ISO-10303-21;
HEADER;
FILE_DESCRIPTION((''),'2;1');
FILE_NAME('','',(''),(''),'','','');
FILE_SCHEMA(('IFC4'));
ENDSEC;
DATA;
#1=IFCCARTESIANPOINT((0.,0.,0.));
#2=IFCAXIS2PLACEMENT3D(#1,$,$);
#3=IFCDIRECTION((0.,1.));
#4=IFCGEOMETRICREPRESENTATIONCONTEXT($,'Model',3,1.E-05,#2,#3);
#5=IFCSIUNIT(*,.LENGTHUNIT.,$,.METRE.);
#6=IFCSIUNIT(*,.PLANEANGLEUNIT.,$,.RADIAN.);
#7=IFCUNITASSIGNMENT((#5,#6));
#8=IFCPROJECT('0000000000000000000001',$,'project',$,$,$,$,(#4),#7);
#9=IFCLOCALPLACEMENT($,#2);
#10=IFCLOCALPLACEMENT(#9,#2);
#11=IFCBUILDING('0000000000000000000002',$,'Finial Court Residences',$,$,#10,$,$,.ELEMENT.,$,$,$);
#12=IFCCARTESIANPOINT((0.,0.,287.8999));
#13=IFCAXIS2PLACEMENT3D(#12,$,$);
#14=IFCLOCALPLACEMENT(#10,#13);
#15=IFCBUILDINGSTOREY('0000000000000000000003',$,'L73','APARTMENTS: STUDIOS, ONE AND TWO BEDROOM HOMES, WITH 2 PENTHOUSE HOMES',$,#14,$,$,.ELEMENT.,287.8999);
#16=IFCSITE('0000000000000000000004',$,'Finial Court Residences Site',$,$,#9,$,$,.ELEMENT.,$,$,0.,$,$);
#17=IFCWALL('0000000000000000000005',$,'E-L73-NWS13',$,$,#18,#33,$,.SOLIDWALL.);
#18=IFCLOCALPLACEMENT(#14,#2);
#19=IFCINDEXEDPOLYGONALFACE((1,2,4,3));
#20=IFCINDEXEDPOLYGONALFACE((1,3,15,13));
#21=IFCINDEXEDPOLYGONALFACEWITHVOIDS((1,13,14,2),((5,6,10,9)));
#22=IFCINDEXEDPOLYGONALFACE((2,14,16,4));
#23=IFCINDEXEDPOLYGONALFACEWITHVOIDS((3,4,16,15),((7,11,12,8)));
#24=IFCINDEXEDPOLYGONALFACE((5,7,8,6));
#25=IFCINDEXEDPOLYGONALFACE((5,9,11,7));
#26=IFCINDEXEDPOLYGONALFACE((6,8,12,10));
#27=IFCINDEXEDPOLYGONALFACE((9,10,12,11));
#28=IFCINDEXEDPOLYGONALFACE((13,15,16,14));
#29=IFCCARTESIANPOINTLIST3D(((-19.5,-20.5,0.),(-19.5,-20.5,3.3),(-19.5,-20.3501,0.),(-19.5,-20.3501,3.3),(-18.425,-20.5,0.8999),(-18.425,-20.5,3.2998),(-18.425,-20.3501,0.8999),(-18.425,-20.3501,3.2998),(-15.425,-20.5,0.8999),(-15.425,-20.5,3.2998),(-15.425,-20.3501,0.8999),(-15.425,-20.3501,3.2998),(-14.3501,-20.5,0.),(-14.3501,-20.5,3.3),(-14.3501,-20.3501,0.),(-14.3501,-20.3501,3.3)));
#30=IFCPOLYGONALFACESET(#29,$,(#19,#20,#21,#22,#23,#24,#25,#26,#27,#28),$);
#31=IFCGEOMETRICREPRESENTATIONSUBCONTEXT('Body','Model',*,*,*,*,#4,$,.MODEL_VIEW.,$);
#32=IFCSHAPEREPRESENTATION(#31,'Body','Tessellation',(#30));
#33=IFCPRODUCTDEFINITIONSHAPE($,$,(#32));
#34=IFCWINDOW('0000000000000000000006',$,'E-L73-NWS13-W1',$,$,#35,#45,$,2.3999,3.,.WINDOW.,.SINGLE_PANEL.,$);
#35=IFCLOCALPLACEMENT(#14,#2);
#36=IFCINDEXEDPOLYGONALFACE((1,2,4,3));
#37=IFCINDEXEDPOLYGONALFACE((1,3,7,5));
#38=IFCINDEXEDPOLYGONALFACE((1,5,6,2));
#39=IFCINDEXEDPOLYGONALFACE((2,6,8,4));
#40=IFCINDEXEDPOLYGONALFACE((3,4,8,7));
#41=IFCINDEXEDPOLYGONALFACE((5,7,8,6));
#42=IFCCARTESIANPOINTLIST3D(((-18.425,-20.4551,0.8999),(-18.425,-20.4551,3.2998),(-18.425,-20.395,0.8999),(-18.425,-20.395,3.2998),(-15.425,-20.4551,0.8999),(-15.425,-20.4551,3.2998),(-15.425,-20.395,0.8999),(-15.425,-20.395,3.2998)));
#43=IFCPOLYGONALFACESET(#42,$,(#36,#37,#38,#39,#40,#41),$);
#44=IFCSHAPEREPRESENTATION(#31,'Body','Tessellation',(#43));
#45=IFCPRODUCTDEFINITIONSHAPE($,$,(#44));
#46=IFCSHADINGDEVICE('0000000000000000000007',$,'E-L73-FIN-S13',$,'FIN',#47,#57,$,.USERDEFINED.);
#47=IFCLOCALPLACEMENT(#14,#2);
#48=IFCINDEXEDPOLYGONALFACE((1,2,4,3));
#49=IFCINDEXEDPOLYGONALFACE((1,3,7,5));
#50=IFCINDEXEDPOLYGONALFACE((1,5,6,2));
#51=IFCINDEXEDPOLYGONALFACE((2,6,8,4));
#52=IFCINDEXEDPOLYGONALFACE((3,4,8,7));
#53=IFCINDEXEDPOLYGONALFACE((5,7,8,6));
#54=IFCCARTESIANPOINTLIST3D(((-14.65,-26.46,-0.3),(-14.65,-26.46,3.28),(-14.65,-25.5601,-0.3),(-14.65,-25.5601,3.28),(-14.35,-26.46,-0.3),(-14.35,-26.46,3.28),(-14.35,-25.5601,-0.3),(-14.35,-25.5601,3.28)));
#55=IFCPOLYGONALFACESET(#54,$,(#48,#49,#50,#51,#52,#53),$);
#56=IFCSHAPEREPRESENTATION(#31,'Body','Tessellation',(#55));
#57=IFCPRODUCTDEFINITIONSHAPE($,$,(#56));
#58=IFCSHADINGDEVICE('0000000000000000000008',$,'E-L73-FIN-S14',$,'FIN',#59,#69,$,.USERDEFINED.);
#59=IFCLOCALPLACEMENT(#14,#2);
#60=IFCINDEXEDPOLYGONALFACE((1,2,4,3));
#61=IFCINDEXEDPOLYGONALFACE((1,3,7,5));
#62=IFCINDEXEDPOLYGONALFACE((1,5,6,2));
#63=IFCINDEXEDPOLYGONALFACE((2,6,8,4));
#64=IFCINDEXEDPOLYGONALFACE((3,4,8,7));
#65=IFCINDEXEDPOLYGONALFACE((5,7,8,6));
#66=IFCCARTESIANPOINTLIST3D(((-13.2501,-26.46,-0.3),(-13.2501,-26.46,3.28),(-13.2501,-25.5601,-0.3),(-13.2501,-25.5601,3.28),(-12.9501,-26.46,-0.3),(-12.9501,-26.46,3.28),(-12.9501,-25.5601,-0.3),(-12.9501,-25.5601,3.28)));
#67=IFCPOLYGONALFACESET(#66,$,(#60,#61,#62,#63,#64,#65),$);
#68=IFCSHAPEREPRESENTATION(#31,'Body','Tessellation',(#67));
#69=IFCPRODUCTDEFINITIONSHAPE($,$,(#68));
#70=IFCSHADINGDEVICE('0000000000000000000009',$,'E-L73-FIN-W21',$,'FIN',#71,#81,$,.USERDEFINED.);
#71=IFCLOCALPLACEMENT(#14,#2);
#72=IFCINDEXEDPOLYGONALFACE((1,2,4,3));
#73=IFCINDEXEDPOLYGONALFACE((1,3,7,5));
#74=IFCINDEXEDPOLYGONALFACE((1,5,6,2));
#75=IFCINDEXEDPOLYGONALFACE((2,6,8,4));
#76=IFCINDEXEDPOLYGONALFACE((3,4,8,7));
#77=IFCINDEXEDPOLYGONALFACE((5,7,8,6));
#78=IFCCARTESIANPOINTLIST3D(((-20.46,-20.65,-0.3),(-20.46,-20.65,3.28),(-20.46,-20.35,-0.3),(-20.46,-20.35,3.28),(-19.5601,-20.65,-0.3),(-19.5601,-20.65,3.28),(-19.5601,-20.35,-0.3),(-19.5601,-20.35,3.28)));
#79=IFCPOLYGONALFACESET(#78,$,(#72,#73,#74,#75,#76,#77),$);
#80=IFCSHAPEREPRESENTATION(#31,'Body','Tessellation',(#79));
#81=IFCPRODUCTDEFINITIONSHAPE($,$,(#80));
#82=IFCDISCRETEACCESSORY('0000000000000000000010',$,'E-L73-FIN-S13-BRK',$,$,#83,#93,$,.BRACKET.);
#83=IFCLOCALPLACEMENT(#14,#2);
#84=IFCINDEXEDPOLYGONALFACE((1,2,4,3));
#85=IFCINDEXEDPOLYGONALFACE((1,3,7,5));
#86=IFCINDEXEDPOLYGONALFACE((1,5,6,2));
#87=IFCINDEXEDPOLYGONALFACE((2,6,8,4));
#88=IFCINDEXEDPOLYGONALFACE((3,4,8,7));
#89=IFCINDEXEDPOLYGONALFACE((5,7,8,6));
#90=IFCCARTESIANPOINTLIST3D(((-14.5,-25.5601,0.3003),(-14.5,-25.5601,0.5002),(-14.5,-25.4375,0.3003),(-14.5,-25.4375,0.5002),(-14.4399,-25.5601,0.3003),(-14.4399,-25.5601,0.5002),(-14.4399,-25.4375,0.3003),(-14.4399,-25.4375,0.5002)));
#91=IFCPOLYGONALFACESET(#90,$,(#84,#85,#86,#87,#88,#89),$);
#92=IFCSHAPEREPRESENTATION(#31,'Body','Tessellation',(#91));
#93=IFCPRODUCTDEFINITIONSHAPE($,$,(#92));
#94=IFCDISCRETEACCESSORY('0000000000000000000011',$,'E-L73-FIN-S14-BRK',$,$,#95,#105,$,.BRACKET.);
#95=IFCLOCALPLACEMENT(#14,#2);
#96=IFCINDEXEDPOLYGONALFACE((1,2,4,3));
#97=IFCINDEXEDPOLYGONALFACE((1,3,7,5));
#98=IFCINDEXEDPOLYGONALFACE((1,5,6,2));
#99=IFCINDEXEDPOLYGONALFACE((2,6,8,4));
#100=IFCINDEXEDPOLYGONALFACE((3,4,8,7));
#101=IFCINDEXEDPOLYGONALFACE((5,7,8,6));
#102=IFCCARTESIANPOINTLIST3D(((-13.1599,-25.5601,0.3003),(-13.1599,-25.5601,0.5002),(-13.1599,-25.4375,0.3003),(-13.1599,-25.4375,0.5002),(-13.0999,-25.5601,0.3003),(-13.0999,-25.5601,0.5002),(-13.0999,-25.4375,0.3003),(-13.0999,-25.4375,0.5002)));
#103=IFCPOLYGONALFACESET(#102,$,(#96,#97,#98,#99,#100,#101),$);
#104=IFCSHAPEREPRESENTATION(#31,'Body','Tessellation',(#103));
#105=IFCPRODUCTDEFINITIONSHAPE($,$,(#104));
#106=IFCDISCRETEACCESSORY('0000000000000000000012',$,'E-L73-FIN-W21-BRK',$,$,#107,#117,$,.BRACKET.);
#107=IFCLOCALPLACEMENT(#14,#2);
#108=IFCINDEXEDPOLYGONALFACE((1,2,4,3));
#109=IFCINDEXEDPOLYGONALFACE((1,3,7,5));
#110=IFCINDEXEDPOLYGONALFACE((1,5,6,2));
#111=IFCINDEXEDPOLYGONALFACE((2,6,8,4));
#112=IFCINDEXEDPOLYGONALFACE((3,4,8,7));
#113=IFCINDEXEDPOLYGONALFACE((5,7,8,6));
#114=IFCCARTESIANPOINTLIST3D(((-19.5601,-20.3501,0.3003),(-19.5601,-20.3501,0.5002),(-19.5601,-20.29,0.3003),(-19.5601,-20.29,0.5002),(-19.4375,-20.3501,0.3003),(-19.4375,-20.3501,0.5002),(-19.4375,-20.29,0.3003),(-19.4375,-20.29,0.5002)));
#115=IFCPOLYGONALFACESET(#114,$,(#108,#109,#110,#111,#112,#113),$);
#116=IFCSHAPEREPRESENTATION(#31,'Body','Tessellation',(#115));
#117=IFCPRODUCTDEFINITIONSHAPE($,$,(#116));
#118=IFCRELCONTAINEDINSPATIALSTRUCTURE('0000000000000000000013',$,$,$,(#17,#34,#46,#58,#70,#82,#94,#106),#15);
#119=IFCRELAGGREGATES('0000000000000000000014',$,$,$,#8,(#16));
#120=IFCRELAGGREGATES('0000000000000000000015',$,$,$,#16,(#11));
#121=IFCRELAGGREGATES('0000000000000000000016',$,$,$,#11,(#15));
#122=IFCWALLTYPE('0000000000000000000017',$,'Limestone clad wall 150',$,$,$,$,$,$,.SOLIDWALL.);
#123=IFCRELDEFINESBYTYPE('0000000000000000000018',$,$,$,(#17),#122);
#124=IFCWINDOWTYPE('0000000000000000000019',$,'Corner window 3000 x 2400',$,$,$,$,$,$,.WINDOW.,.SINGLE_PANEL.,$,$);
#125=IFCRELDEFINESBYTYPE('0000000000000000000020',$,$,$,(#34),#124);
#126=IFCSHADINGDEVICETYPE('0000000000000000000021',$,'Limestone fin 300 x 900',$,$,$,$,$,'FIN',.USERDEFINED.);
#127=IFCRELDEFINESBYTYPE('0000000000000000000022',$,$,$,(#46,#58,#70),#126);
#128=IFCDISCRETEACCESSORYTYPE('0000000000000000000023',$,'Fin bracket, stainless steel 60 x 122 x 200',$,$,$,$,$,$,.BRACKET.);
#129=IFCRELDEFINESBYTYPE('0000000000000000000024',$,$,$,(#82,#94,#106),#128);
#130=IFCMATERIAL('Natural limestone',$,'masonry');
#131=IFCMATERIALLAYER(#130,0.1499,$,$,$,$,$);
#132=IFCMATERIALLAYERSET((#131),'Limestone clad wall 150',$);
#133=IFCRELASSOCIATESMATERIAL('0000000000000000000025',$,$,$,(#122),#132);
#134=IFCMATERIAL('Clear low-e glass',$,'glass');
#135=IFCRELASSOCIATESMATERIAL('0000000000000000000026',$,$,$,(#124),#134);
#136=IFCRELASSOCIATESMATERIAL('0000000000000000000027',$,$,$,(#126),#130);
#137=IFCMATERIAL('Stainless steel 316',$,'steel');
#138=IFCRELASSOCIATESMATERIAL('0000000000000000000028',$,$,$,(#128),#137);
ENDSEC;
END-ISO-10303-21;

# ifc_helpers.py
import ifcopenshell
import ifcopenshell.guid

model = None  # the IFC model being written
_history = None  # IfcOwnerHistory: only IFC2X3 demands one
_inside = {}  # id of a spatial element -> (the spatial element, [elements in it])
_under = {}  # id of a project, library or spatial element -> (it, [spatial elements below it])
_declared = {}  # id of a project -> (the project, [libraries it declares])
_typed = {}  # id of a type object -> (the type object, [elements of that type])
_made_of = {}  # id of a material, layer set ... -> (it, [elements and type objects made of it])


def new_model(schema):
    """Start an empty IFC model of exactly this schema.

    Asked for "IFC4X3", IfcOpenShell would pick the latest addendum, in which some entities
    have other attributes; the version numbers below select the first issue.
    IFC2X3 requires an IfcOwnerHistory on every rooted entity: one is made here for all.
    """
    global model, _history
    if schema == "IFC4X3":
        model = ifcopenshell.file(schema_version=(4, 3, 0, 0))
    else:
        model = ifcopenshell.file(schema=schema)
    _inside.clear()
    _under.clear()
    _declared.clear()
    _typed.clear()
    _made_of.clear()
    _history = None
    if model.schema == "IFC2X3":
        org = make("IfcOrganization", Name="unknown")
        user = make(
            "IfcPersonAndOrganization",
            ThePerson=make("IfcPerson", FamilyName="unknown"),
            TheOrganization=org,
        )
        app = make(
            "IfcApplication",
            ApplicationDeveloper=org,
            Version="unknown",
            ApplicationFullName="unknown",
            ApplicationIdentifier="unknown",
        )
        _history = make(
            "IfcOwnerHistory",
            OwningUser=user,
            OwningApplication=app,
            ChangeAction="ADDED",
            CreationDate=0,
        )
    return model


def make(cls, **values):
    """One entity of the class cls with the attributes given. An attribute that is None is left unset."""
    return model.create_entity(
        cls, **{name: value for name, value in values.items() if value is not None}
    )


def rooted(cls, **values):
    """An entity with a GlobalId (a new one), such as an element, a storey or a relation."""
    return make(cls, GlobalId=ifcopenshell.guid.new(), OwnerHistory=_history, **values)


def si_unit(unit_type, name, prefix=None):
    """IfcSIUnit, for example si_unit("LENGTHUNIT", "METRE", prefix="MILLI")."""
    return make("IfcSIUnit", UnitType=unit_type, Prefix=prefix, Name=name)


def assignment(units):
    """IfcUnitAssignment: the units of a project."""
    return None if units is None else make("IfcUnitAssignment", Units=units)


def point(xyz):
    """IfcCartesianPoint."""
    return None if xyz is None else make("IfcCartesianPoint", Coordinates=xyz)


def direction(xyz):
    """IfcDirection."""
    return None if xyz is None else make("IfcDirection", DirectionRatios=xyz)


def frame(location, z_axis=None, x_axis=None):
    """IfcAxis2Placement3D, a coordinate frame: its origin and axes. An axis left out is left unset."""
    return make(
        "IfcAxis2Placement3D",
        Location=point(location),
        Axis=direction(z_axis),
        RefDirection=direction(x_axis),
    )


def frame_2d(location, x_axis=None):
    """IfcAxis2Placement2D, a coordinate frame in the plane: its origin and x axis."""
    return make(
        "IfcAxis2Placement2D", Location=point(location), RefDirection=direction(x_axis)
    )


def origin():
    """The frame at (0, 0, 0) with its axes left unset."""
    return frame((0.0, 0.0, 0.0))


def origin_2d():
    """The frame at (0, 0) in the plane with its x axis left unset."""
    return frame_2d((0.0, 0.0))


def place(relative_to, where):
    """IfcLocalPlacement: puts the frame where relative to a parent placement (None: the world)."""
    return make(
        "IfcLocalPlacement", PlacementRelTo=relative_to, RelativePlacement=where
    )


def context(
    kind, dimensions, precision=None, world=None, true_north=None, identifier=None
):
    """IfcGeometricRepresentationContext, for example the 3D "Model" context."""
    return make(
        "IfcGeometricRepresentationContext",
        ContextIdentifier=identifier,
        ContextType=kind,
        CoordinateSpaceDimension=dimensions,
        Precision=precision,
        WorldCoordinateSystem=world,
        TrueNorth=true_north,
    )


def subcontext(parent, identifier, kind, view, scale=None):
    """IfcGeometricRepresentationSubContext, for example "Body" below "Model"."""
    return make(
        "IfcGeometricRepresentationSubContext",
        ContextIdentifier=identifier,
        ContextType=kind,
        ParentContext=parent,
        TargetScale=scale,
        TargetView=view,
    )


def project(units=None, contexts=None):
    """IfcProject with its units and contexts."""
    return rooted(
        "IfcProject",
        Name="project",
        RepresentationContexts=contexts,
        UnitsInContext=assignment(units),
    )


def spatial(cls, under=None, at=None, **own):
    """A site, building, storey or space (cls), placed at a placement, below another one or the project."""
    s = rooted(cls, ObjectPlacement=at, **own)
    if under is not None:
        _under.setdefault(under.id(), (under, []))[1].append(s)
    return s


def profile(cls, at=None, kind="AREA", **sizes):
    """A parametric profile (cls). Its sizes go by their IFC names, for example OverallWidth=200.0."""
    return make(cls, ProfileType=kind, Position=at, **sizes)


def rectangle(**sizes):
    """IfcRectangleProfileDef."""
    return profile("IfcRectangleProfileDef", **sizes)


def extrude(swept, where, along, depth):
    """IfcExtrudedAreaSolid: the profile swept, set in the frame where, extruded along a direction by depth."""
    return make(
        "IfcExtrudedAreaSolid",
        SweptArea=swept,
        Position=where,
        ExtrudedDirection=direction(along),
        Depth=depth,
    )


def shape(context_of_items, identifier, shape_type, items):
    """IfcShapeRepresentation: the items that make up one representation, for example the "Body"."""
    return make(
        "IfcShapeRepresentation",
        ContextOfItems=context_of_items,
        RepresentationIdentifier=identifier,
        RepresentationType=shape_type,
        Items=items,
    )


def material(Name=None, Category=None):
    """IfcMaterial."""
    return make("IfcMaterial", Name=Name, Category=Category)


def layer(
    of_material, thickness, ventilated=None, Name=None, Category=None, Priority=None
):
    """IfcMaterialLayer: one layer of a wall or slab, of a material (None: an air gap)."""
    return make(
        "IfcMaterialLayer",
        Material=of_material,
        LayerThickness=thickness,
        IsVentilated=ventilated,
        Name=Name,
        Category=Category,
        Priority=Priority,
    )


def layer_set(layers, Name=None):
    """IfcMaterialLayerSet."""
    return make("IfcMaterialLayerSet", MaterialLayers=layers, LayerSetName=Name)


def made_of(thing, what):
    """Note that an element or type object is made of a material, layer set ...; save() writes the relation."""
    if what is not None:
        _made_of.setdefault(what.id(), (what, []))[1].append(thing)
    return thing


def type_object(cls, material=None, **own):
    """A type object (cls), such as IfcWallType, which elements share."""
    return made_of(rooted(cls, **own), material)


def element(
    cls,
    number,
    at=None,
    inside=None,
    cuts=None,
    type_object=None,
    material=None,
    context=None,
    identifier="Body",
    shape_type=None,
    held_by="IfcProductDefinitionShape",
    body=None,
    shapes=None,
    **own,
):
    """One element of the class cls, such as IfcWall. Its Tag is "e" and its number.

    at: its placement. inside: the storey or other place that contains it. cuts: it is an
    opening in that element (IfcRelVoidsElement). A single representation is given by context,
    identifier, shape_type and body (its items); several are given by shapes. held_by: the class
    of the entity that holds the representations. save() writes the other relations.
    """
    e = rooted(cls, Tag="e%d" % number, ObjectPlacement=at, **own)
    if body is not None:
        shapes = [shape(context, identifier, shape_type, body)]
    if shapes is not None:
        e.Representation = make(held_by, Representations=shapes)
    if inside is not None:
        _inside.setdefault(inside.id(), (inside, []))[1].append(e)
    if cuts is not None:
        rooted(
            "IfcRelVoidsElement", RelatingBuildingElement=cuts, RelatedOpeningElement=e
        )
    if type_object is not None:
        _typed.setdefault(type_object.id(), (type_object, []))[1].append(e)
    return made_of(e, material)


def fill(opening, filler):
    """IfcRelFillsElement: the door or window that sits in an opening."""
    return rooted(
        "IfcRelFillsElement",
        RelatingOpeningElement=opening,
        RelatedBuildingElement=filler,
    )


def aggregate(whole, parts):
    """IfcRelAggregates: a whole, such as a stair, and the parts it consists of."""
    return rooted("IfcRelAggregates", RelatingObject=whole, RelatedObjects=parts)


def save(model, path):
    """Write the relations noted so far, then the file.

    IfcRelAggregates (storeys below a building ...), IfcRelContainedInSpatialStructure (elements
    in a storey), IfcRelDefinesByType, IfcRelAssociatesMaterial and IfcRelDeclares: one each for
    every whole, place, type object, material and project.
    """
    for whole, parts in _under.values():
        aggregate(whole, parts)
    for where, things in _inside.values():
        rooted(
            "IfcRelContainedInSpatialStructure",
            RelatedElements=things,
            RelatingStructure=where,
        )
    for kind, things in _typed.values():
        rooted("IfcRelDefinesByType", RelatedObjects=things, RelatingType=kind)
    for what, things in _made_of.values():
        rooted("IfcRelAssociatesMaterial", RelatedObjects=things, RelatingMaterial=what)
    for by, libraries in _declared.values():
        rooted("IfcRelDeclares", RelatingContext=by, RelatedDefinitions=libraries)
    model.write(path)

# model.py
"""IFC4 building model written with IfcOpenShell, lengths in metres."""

from ifc_helpers import new_model, si_unit, direction, frame, frame_2d, origin, origin_2d, place, context, subcontext, project, spatial, rectangle, extrude, material, layer, layer_set, type_object, element, fill, save


model = new_model("IFC4")

# Units and contexts
model_context = context("Model", 3, precision=1e-05, world=origin(), true_north=direction((0.0, 1.0)))
body_context = subcontext(model_context, "Body", "Model", "MODEL_VIEW")
ifc_project = project(units=[si_unit("LENGTHUNIT", "METRE"), si_unit("PLANEANGLEUNIT", "RADIAN")], contexts=[model_context])

# Site, building, storey
site_placement = place(None, origin())
site = spatial("IfcSite", under=ifc_project, at=site_placement, Name="Finial Court Residences Site", CompositionType="ELEMENT", RefElevation=0.0)
building_placement = place(site_placement, origin())
building = spatial("IfcBuilding", under=site, at=building_placement, Name="Finial Court Residences", CompositionType="ELEMENT")
storey_placement = place(building_placement, frame((0.0, 0.0, 287.8999)))
storey = spatial("IfcBuildingStorey", under=building, at=storey_placement, Name="L73", Description="APARTMENTS: STUDIOS, ONE AND TWO BEDROOM HOMES, WITH 2 PENTHOUSE HOMES", CompositionType="ELEMENT", Elevation=287.8999)

# Shared definitions
ifc_material_1 = material(Name="Clear low-e glass", Category="glass")

# Wall, opening, window
ifc_material_2 = material(Name="Natural limestone", Category="masonry")
ifc_layer_1 = layer(ifc_material_2, 0.1499)
ifc_layer_set_1 = layer_set([ifc_layer_1], Name="Limestone clad wall 150")
wall_type_1 = type_object("IfcWallType", Name="Limestone clad wall 150", PredefinedType="SOLIDWALL", material=ifc_layer_set_1)
window_type = type_object("IfcWindowType", Name="Corner window 3000 x 2400", PartitioningType="SINGLE_PANEL", PredefinedType="WINDOW", material=ifc_material_1)
wall_1_placement = place(storey_placement, frame((-14.3501, -20.425, 0.0), z_axis=(0.0, 0.0, 1.0), x_axis=(-1.0, 0.0, 0.0)))
wall_1 = element("IfcWall", 1, at=wall_1_placement, inside=storey, type_object=wall_type_1, Name="E-L73-NWS13", PredefinedType="SOLIDWALL", context=body_context, shape_type="SweptSolid", body=[
    extrude(rectangle(XDim=5.1499, YDim=0.1499, at=frame_2d((2.575, 0.0))), origin(), (0.0, 0.0, 1.0), 3.3),
])
opening_1_placement = place(wall_1_placement, frame((1.075, 0.0, 0.8999)))
opening_1 = element("IfcOpeningElement", 2, at=opening_1_placement, cuts=wall_1, PredefinedType="OPENING", context=body_context, shape_type="SweptSolid", body=[
    extrude(rectangle(XDim=3.0, YDim=2.3999, at=frame_2d((1.5, 1.2))), frame((0.0, 0.085, 0.0), z_axis=(0.0, -1.0, 0.0), x_axis=(1.0, 0.0, 0.0)), (0.0, 0.0, 1.0), 0.1699),
])
window_1_placement = place(opening_1_placement, origin())
window_1 = element("IfcWindow", 3, at=window_1_placement, inside=storey, type_object=window_type, Name="E-L73-NWS13-W1", OverallHeight=2.3999, OverallWidth=3.0, PartitioningType="SINGLE_PANEL", PredefinedType="WINDOW", context=body_context, shape_type="SweptSolid", body=[
    extrude(rectangle(XDim=3.0, YDim=2.3999, at=frame_2d((1.5, 1.2))), frame((0.0, 0.03, 0.0), z_axis=(0.0, -1.0, 0.0), x_axis=(1.0, 0.0, 0.0)), (0.0, 0.0, 1.0), 0.0601),
])
fill(opening_1, window_1)

# Shading devices
shading_device_type = type_object("IfcShadingDeviceType", Name="Limestone fin 300 x 900", ElementType="FIN", PredefinedType="USERDEFINED", material=ifc_material_2)
for number, where, z_axis, x_axis, name in (
    (4, (-14.5, -26.01, -0.3), (0.0, 0.0, 1.0), (1.0, 0.0, 0.0), "E-L73-FIN-S13"),
    (5, (-13.1001, -26.01, -0.3), (0.0, 0.0, 1.0), (1.0, 0.0, 0.0), "E-L73-FIN-S14"),
):
    element("IfcShadingDevice", number, at=place(storey_placement, frame(where, z_axis=z_axis, x_axis=x_axis)), inside=storey, type_object=shading_device_type, Name=name, ObjectType="FIN", PredefinedType="USERDEFINED", context=body_context, shape_type="SweptSolid", body=[
        extrude(rectangle(XDim=0.3, YDim=0.8999, at=origin_2d()), origin(), (0.0, 0.0, 1.0), 3.5801),
    ])
shading_device_placement = place(storey_placement, frame((-20.01, -20.5, -0.3), z_axis=(0.0, 0.0, 1.0), x_axis=(1.0, 0.0, 0.0)))
element("IfcShadingDevice", 6, at=shading_device_placement, inside=storey, type_object=shading_device_type, Name="E-L73-FIN-W21", ObjectType="FIN", PredefinedType="USERDEFINED", context=body_context, shape_type="SweptSolid", body=[
    extrude(rectangle(XDim=0.8999, YDim=0.3, at=origin_2d()), origin(), (0.0, 0.0, 1.0), 3.5801),
])

# Discrete accessories
ifc_material_3 = material(Name="Stainless steel 316", Category="steel")
discrete_accessory_type = type_object("IfcDiscreteAccessoryType", Name="Fin bracket, stainless steel 60 x 122 x 200", PredefinedType="BRACKET", material=ifc_material_3)
for number, where, z_axis, x_axis, name in (
    (7, (-14.47, -25.4988, 0.3003), (0.0, 0.0, 1.0), (1.0, 0.0, 0.0), "E-L73-FIN-S13-BRK"),
    (8, (-13.1299, -25.4988, 0.3003), (0.0, 0.0, 1.0), (1.0, 0.0, 0.0), "E-L73-FIN-S14-BRK"),
):
    element("IfcDiscreteAccessory", number, at=place(storey_placement, frame(where, z_axis=z_axis, x_axis=x_axis)), inside=storey, type_object=discrete_accessory_type, Name=name, PredefinedType="BRACKET", context=body_context, shape_type="SweptSolid", body=[
        extrude(rectangle(XDim=0.0601, YDim=0.1226, at=origin_2d()), origin(), (0.0, 0.0, 1.0), 0.2),
    ])
discrete_accessory_placement = place(storey_placement, frame((-19.4988, -20.3201, 0.3003), z_axis=(0.0, 0.0, 1.0), x_axis=(1.0, 0.0, 0.0)))
element("IfcDiscreteAccessory", 9, at=discrete_accessory_placement, inside=storey, type_object=discrete_accessory_type, Name="E-L73-FIN-W21-BRK", PredefinedType="BRACKET", context=body_context, shape_type="SweptSolid", body=[
    extrude(rectangle(XDim=0.1226, YDim=0.0601, at=origin_2d()), origin(), (0.0, 0.0, 1.0), 0.2),
])

save(model, "model.ifc")
